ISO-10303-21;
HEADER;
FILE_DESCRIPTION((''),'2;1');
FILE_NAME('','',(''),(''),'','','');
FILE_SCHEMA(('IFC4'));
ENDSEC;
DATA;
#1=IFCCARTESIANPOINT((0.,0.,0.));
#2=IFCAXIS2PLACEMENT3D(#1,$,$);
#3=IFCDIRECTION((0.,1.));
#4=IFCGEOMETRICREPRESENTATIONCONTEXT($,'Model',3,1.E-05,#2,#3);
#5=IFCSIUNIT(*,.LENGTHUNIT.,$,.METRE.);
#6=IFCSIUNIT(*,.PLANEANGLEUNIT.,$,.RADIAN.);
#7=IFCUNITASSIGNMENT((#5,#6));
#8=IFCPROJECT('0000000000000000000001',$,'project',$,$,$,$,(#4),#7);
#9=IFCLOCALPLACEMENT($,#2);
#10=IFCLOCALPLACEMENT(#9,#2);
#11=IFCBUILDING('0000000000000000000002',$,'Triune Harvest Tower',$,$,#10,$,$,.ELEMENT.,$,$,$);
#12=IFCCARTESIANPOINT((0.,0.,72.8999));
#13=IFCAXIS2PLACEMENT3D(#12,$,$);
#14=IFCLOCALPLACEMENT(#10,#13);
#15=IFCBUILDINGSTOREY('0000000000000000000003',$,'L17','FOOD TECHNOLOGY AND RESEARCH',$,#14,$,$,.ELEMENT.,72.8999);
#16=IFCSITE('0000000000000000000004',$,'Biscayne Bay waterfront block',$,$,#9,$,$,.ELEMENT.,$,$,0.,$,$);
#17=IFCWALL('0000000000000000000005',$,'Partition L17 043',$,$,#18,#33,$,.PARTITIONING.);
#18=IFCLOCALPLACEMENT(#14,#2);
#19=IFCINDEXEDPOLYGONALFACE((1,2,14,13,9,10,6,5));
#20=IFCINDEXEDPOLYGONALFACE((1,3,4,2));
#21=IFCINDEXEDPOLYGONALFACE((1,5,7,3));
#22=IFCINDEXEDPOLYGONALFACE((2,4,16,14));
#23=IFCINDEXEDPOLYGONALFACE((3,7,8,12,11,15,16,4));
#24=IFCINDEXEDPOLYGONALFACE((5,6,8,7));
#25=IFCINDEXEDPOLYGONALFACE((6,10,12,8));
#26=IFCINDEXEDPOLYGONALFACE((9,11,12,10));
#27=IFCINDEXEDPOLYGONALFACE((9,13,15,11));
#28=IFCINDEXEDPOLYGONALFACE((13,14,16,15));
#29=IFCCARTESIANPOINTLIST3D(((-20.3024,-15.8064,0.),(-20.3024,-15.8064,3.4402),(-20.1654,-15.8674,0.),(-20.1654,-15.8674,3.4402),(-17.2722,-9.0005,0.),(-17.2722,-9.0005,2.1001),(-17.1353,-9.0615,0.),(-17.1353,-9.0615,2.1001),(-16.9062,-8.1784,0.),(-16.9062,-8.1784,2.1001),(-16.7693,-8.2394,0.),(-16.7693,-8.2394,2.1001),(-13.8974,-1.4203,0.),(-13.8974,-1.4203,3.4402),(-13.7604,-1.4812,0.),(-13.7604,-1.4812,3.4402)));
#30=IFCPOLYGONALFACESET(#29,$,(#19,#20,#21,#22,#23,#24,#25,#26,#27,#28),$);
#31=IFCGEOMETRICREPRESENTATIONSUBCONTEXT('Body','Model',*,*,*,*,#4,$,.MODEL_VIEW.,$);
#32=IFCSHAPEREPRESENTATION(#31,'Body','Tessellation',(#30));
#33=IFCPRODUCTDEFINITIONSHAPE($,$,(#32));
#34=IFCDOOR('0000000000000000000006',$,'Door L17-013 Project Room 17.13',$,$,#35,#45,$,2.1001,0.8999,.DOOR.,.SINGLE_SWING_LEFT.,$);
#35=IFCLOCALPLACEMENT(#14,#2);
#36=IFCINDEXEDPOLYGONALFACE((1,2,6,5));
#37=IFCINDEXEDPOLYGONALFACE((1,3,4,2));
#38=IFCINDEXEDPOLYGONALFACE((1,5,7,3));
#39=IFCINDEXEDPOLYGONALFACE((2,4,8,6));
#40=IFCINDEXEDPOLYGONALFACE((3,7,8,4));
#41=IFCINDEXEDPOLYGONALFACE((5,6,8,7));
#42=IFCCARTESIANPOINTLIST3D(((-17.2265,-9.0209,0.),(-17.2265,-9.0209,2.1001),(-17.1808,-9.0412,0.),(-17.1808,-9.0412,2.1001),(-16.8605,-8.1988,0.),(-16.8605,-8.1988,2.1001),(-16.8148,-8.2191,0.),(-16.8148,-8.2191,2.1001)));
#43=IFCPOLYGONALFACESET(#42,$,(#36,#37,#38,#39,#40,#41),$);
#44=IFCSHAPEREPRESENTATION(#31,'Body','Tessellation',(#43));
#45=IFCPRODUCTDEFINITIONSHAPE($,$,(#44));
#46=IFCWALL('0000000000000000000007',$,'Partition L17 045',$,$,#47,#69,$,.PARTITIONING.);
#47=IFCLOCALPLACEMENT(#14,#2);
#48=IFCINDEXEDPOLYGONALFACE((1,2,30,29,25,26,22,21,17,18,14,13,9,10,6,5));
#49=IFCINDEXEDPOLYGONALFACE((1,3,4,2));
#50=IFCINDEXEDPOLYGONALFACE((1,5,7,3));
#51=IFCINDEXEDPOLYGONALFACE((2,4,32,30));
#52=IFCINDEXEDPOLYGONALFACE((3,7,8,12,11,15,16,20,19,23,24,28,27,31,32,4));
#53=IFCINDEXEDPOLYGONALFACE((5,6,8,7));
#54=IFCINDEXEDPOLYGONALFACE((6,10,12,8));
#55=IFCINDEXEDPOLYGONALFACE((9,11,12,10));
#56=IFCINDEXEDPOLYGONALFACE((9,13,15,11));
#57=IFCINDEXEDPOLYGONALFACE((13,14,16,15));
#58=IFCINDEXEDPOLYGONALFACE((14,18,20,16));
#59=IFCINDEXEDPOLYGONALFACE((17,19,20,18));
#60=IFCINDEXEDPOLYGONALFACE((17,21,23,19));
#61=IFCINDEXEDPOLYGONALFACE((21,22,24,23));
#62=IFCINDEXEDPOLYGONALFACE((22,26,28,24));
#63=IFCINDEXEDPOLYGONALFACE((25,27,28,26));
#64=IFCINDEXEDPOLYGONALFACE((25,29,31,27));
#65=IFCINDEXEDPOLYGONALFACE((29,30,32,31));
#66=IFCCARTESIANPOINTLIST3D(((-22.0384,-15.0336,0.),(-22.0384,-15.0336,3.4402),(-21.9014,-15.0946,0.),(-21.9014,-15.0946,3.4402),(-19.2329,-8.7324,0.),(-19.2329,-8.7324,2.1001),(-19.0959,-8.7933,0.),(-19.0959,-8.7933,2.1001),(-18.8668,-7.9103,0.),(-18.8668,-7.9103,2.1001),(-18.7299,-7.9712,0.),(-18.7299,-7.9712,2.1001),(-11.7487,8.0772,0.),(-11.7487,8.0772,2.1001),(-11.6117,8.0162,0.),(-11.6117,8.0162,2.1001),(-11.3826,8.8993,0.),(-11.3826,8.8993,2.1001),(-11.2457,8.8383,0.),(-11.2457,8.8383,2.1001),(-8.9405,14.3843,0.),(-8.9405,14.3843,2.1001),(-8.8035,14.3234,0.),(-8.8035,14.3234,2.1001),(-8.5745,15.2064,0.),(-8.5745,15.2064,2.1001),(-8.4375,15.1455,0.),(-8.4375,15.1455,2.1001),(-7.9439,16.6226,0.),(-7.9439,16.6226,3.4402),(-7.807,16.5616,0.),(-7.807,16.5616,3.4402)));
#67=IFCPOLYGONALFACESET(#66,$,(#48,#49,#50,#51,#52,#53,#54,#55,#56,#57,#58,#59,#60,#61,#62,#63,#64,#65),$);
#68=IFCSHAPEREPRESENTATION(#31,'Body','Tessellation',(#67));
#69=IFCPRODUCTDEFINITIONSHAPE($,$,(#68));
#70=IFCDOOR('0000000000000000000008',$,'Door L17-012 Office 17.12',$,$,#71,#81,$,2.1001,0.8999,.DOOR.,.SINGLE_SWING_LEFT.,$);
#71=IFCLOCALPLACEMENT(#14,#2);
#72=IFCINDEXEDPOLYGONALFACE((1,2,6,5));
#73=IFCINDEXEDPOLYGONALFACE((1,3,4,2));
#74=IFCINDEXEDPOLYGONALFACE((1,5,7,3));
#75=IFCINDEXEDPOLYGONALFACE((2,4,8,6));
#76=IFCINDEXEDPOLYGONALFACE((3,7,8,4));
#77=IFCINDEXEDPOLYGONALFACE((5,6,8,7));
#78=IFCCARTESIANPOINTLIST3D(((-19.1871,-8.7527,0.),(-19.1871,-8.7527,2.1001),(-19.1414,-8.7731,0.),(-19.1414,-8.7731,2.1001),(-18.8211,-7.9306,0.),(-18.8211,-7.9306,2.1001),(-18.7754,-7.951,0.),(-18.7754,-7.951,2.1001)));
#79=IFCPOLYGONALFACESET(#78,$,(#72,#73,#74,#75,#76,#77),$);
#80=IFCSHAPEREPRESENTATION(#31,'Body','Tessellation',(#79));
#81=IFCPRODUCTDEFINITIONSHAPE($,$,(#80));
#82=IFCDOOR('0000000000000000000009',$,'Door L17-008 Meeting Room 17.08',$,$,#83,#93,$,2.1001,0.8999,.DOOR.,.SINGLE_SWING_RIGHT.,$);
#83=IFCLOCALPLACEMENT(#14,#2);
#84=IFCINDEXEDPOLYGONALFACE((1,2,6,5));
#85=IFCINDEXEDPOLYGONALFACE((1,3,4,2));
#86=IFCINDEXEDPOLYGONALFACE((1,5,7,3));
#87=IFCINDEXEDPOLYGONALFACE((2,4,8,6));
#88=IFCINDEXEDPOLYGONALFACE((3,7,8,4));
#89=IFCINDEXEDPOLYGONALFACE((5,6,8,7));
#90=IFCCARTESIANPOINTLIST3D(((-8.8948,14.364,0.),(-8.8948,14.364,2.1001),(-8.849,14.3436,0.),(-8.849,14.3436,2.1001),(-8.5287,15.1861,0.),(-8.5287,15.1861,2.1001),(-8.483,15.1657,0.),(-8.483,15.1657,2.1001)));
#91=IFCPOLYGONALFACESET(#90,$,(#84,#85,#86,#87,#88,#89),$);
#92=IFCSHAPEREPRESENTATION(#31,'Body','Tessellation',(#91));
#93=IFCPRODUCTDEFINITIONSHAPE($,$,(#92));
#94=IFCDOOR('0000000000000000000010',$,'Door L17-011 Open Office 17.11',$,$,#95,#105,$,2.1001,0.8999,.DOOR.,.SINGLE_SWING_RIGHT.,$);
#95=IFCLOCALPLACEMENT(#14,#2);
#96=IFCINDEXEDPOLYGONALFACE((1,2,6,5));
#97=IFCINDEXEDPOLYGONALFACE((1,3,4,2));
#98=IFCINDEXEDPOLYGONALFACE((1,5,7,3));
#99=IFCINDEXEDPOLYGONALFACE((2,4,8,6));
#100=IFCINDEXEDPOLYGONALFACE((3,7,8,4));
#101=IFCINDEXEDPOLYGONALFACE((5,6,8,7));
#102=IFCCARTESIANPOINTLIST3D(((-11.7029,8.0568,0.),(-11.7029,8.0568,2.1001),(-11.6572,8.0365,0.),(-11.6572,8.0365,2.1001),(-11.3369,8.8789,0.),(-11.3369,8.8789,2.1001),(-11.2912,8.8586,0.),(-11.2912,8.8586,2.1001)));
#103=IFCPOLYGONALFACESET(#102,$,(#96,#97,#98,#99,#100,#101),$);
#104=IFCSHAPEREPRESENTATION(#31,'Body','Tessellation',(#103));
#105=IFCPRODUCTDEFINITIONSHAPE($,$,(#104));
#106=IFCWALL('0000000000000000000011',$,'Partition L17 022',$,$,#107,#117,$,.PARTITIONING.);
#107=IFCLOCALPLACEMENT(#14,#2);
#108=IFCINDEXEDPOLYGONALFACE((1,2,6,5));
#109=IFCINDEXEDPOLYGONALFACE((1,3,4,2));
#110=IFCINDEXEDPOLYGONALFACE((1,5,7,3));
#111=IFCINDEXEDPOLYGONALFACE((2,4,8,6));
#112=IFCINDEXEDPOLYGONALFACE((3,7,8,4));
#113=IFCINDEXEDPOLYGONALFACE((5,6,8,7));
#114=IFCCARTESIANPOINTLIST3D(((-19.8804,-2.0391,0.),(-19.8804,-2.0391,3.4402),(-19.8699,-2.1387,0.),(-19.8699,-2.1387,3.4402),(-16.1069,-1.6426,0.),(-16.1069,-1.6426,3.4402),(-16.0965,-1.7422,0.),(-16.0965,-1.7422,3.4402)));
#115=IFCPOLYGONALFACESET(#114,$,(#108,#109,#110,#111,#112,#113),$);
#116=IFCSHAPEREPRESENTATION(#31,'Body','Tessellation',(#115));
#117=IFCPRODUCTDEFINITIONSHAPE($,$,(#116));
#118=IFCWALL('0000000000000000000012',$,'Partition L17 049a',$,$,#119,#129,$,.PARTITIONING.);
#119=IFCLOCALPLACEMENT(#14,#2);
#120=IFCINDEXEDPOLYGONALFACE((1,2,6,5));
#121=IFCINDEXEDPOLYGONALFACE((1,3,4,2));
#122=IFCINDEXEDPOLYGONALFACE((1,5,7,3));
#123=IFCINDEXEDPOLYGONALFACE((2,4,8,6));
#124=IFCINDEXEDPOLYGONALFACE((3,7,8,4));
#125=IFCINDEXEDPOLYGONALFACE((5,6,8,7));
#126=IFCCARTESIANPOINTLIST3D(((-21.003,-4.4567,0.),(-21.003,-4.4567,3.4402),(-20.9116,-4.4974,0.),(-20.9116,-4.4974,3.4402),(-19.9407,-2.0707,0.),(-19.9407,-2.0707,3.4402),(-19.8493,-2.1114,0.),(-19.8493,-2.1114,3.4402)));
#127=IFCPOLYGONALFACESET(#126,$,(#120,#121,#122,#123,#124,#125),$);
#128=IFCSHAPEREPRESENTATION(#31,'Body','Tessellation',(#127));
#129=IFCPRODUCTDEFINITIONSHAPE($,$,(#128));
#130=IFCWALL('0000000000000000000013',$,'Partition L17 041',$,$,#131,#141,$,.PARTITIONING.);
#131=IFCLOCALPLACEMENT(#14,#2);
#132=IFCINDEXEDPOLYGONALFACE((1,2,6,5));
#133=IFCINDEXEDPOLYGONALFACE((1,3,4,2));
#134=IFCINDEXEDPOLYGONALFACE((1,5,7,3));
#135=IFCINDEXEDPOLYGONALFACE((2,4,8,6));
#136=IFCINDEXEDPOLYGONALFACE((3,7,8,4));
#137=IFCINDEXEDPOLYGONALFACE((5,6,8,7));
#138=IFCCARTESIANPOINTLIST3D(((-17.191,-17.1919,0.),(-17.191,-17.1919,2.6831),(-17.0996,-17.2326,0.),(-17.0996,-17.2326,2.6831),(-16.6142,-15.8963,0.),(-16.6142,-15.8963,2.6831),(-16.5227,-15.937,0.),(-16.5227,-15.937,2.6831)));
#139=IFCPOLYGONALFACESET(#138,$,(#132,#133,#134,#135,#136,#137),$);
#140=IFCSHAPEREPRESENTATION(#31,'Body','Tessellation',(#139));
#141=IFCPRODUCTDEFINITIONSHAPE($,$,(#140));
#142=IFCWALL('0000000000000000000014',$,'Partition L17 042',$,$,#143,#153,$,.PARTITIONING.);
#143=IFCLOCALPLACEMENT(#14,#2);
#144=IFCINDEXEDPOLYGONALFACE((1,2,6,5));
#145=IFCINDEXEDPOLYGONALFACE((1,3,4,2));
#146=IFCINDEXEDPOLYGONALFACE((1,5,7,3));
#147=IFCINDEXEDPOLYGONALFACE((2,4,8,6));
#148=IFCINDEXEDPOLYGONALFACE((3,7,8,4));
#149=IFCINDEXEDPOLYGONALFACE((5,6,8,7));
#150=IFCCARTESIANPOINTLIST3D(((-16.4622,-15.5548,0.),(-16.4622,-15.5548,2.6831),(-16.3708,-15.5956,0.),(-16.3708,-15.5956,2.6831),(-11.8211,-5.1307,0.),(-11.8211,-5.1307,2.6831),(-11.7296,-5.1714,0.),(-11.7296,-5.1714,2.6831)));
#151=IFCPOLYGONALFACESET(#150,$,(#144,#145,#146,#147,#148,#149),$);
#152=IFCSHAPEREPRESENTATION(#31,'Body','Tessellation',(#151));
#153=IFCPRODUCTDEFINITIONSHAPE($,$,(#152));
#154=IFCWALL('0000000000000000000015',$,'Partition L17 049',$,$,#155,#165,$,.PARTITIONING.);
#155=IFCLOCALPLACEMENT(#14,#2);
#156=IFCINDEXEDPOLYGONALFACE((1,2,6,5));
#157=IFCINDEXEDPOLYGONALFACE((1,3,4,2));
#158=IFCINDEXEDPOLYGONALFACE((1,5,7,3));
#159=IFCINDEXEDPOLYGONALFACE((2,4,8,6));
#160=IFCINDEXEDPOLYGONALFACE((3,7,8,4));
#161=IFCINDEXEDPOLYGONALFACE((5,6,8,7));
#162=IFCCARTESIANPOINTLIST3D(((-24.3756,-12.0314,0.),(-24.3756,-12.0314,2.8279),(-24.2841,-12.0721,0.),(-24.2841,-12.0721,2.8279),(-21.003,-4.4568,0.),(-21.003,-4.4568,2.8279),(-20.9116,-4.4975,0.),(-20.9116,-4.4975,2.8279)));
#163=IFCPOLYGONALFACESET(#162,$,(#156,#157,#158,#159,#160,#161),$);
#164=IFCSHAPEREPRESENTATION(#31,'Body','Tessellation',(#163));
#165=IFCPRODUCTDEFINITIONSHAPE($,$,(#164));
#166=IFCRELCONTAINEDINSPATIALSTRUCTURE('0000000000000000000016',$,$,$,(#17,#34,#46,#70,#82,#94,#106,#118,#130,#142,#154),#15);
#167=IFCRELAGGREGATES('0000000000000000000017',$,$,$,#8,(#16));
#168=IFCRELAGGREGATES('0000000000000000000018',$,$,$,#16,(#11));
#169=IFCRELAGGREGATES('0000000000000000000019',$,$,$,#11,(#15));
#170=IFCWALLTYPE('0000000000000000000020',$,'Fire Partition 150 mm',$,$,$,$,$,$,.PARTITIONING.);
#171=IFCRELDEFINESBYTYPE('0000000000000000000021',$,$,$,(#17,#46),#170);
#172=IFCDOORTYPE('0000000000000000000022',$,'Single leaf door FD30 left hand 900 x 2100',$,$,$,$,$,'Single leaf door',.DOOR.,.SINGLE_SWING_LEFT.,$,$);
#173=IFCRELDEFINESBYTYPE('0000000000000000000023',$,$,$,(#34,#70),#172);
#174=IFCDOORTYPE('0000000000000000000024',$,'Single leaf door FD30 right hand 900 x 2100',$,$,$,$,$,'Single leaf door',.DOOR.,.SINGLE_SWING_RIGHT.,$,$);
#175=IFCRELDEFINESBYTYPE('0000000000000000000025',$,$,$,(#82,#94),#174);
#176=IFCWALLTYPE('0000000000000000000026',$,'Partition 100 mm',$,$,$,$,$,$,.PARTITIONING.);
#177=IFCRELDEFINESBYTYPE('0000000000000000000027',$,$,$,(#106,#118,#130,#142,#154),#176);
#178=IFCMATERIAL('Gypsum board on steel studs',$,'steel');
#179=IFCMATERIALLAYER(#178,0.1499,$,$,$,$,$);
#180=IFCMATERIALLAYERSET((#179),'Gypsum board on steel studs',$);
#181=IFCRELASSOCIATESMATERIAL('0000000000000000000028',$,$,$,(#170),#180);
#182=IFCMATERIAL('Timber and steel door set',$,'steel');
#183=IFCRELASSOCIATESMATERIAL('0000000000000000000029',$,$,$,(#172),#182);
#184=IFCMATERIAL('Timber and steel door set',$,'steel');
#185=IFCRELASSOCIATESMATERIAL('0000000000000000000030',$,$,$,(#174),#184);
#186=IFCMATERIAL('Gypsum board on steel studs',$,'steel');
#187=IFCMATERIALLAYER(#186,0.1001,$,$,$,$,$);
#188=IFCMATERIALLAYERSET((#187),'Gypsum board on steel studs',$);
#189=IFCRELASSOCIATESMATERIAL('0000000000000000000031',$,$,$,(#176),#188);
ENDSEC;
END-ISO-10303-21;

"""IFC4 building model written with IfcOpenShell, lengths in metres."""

from ifc_helpers import new_model, si_unit, direction, frame, frame_2d, origin, place, context, subcontext, project, spatial, rectangle, extrude, source, transform, mapped, material, layer, layer_set, type_object, element, fill, save


model = new_model("IFC4")

# Units and contexts
model_context = context("Model", 3, precision=1e-05, world=origin(), true_north=direction((0.0, 1.0)))
body_context = subcontext(model_context, "Body", "Model", "MODEL_VIEW")
ifc_project = project(units=[si_unit("LENGTHUNIT", "METRE"), si_unit("PLANEANGLEUNIT", "RADIAN")], contexts=[model_context])

# Site, building, storey
site_placement = place(None, origin())
site = spatial("IfcSite", under=ifc_project, at=site_placement, Name="Biscayne Bay waterfront block", CompositionType="ELEMENT", RefElevation=0.0)
building_placement = place(site_placement, origin())
building = spatial("IfcBuilding", under=site, at=building_placement, Name="Triune Harvest Tower", CompositionType="ELEMENT")
storey_placement = place(building_placement, frame((0.0, 0.0, 72.8999)))
storey = spatial("IfcBuildingStorey", under=building, at=storey_placement, Name="L17", Description="FOOD TECHNOLOGY AND RESEARCH", CompositionType="ELEMENT", Elevation=72.8999)

# Shared definitions
ifc_material_1 = material(Name="Gypsum board on steel studs", Category="steel")
ifc_layer_1 = layer(ifc_material_1, 0.1499)
ifc_layer_set_1 = layer_set([ifc_layer_1], Name="Gypsum board on steel studs")
wall_type_1 = type_object("IfcWallType", Name="Fire Partition 150 mm", PredefinedType="PARTITIONING", material=ifc_layer_set_1)
ifc_material_2 = material(Name="Timber and steel door set", Category="steel")
door_type_1 = type_object("IfcDoorType", Name="Single leaf door FD30 left hand 900 x 2100", ElementType="Single leaf door", OperationType="SINGLE_SWING_LEFT", PredefinedType="DOOR", material=ifc_material_2)

# Wall, opening, door
wall_1_placement = place(storey_placement, frame((-20.2339, -15.8369, 0.0), z_axis=(0.0, 0.0, 1.0), x_axis=(0.40673, 0.913549, 0.0)))
wall_1 = element("IfcWall", 1, at=wall_1_placement, inside=storey, type_object=wall_type_1, Name="Partition L17 043", PredefinedType="PARTITIONING", context=body_context, shape_type="SweptSolid", body=[
    extrude(rectangle(XDim=15.7476, YDim=0.1499, at=frame_2d((7.8738, 0.0))), origin(), (0.0, 0.0, 1.0), 3.4402),
])
opening_1_placement = place(wall_1_placement, frame((7.45, 0.0, 0.0)))
opening_1 = element("IfcOpeningElement", 2, at=opening_1_placement, cuts=wall_1, PredefinedType="OPENING", context=body_context, shape_type="SweptSolid", body=[
    extrude(rectangle(XDim=0.8999, YDim=2.1001, at=frame_2d((0.45, 1.05))), frame((0.0, 0.085, 0.0), z_axis=(0.0, -1.0, 0.0), x_axis=(1.0, 0.0, 0.0)), (0.0, 0.0, 1.0), 0.1699),
])
door_1_placement = place(opening_1_placement, origin())
door_1 = element("IfcDoor", 3, at=door_1_placement, inside=storey, type_object=door_type_1, Name="Door L17-013 Project Room 17.13", OperationType="SINGLE_SWING_LEFT", OverallHeight=2.1001, OverallWidth=0.8999, PredefinedType="DOOR", context=body_context, shape_type="SweptSolid", body=[
    extrude(rectangle(XDim=0.8999, YDim=2.1001, at=frame_2d((0.45, 1.05))), frame((0.0, 0.0249, 0.0), z_axis=(0.0, -1.0, 0.0), x_axis=(1.0, 0.0, 0.0)), (0.0, 0.0, 1.0), 0.05),
])
fill(opening_1, door_1)

# Wall, openings, doors
wall_2_placement = place(storey_placement, frame((-21.97, -15.0642, 0.0), z_axis=(0.0, 0.0, 1.0), x_axis=(0.406742, 0.913543, 0.0)))
wall_2 = element("IfcWall", 4, at=wall_2_placement, inside=storey, type_object=wall_type_1, Name="Partition L17 045", PredefinedType="PARTITIONING", context=body_context, shape_type="SweptSolid", body=[
    extrude(rectangle(XDim=34.6521, YDim=0.1499, at=frame_2d((17.3262, 0.0))), origin(), (0.0, 0.0, 1.0), 3.4402),
])
opening_2_placement = place(wall_2_placement, frame((32.2021, 0.0, 0.0)))
opening_2 = element("IfcOpeningElement", 5, at=opening_2_placement, cuts=wall_2, PredefinedType="OPENING", context=body_context, shape_type="SweptSolid", body=[
    extrude(rectangle(XDim=0.8999, YDim=2.1001, at=frame_2d((0.45, 1.05))), frame((0.0, 0.085, 0.0), z_axis=(0.0, -1.0, 0.0), x_axis=(1.0, 0.0, 0.0)), (0.0, 0.0, 1.0), 0.1699),
])
opening_3_placement = place(wall_2_placement, frame((25.2981, 0.0, 0.0)))
opening_3 = element("IfcOpeningElement", 6, at=opening_3_placement, cuts=wall_2, PredefinedType="OPENING", context=body_context, shape_type="SweptSolid", body=[
    extrude(rectangle(XDim=0.8999, YDim=2.1001, at=frame_2d((0.45, 1.05))), frame((0.0, 0.085, 0.0), z_axis=(0.0, -1.0, 0.0), x_axis=(1.0, 0.0, 0.0)), (0.0, 0.0, 1.0), 0.1699),
])
opening_4_placement = place(wall_2_placement, frame((6.8977, 0.0, 0.0)))
opening_4 = element("IfcOpeningElement", 7, at=opening_4_placement, cuts=wall_2, PredefinedType="OPENING", context=body_context, shape_type="SweptSolid", body=[
    extrude(rectangle(XDim=0.8999, YDim=2.1001, at=frame_2d((0.45, 1.05))), frame((0.0, 0.085, 0.0), z_axis=(0.0, -1.0, 0.0), x_axis=(1.0, 0.0, 0.0)), (0.0, 0.0, 1.0), 0.1699),
])
door_2_placement = place(opening_4_placement, origin())
door_2 = element("IfcDoor", 8, at=door_2_placement, inside=storey, type_object=door_type_1, Name="Door L17-012 Office 17.12", OperationType="SINGLE_SWING_LEFT", OverallHeight=2.1001, OverallWidth=0.8999, PredefinedType="DOOR", context=body_context, shape_type="SweptSolid", body=[
    extrude(rectangle(XDim=0.8999, YDim=2.1001, at=frame_2d((0.45, 1.05))), frame((0.0, 0.0249, 0.0), z_axis=(0.0, -1.0, 0.0), x_axis=(1.0, 0.0, 0.0)), (0.0, 0.0, 1.0), 0.05),
])
fill(opening_4, door_2)
ifc_material_3 = material(Name="Timber and steel door set", Category="steel")
door_type_2 = type_object("IfcDoorType", Name="Single leaf door FD30 right hand 900 x 2100", ElementType="Single leaf door", OperationType="SINGLE_SWING_RIGHT", PredefinedType="DOOR", material=ifc_material_3)
door_3_placement = place(opening_2_placement, origin())
door_3 = element("IfcDoor", 9, at=door_3_placement, inside=storey, type_object=door_type_2, Name="Door L17-008 Meeting Room 17.08", OperationType="SINGLE_SWING_RIGHT", OverallHeight=2.1001, OverallWidth=0.8999, PredefinedType="DOOR", context=body_context, shape_type="SweptSolid", body=[
    extrude(rectangle(XDim=0.8999, YDim=2.1001, at=frame_2d((0.45, 1.05))), frame((0.0, 0.0249, 0.0), z_axis=(0.0, -1.0, 0.0), x_axis=(1.0, 0.0, 0.0)), (0.0, 0.0, 1.0), 0.05),
])
fill(opening_2, door_3)
door_4_placement = place(opening_3_placement, origin())
door_4 = element("IfcDoor", 10, at=door_4_placement, inside=storey, type_object=door_type_2, Name="Door L17-011 Open Office 17.11", OperationType="SINGLE_SWING_RIGHT", OverallHeight=2.1001, OverallWidth=0.8999, PredefinedType="DOOR", context=body_context, shape_type="SweptSolid", body=[
    extrude(rectangle(XDim=0.8999, YDim=2.1001, at=frame_2d((0.45, 1.05))), frame((0.0, 0.0249, 0.0), z_axis=(0.0, -1.0, 0.0), x_axis=(1.0, 0.0, 0.0)), (0.0, 0.0, 1.0), 0.05),
])
fill(opening_3, door_4)

# Walls
ifc_material_4 = material(Name="Gypsum board on steel studs", Category="steel")
ifc_layer_2 = layer(ifc_material_4, 0.1001)
ifc_layer_set_2 = layer_set([ifc_layer_2], Name="Gypsum board on steel studs")
wall_type_2 = type_object("IfcWallType", Name="Partition 100 mm", PredefinedType="PARTITIONING", material=ifc_layer_set_2)
wall_3_placement = place(storey_placement, frame((-19.875, -2.0889, 0.0), z_axis=(0.0, 0.0, 1.0), x_axis=(0.994525, 0.104497, 0.0)))
element("IfcWall", 11, at=wall_3_placement, inside=storey, type_object=wall_type_2, Name="Partition L17 022", PredefinedType="PARTITIONING", context=body_context, shape_type="SweptSolid", body=[
    extrude(rectangle(XDim=3.7942, YDim=0.1001, at=frame_2d((1.897, 0.0))), origin(), (0.0, 0.0, 1.0), 3.4402),
])
wall_4_placement = place(storey_placement, frame((-20.9573, -4.4771, 0.0), z_axis=(0.0, 0.0, 1.0), x_axis=(0.406719, 0.913553, 0.0)))
element("IfcWall", 12, at=wall_4_placement, inside=storey, type_object=wall_type_2, Name="Partition L17 049a", PredefinedType="PARTITIONING", context=body_context, shape_type="SweptSolid", body=[
    extrude(rectangle(XDim=2.6118, YDim=0.1001, at=frame_2d((1.3059, 0.0))), origin(), (0.0, 0.0, 1.0), 3.4402),
])
shared_shape_1 = source(origin(), body_context, "Body", "SweptSolid", [
    extrude(rectangle(XDim=1.4182, YDim=0.1001, at=frame_2d((0.709, 0.0))), origin(), (0.0, 0.0, 1.0), 2.6831),
])
wall_5_placement = place(storey_placement, frame((-17.1453, -17.2122, 0.0), z_axis=(0.0, 0.0, 1.0), x_axis=(0.406761, 0.913534, 0.0)))
element("IfcWall", 13, at=wall_5_placement, inside=storey, type_object=wall_type_2, Name="Partition L17 041", PredefinedType="PARTITIONING", context=body_context, shape_type="MappedRepresentation", body=[
    mapped(shared_shape_1, transform((0.0, 0.0, 0.0), scale=1.0)),
])
shared_shape_2 = source(origin(), body_context, "Body", "SweptSolid", [
    extrude(rectangle(XDim=11.4106, YDim=0.1001, at=frame_2d((5.7053, 0.0))), origin(), (0.0, 0.0, 1.0), 2.6831),
])
wall_6_placement = place(storey_placement, frame((-16.4165, -15.5752, 0.0), z_axis=(0.0, 0.0, 1.0), x_axis=(0.406738, 0.913545, 0.0)))
element("IfcWall", 14, at=wall_6_placement, inside=storey, type_object=wall_type_2, Name="Partition L17 042", PredefinedType="PARTITIONING", context=body_context, shape_type="MappedRepresentation", body=[
    mapped(shared_shape_2, transform((0.0, 0.0, 0.0), scale=1.0)),
])
shared_shape_3 = source(origin(), body_context, "Body", "SweptSolid", [
    extrude(rectangle(XDim=8.2915, YDim=0.1001, at=frame_2d((4.1458, 0.0))), origin(), (0.0, 0.0, 1.0), 2.8279),
])
wall_7_placement = place(storey_placement, frame((-24.3298, -12.0518, 0.0), z_axis=(0.0, 0.0, 1.0), x_axis=(0.406745, 0.913542, 0.0)))
element("IfcWall", 15, at=wall_7_placement, inside=storey, type_object=wall_type_2, Name="Partition L17 049", PredefinedType="PARTITIONING", context=body_context, shape_type="MappedRepresentation", body=[
    mapped(shared_shape_3, transform((0.0, 0.0, 0.0), scale=1.0)),
])

save(model, "model.ifc")
